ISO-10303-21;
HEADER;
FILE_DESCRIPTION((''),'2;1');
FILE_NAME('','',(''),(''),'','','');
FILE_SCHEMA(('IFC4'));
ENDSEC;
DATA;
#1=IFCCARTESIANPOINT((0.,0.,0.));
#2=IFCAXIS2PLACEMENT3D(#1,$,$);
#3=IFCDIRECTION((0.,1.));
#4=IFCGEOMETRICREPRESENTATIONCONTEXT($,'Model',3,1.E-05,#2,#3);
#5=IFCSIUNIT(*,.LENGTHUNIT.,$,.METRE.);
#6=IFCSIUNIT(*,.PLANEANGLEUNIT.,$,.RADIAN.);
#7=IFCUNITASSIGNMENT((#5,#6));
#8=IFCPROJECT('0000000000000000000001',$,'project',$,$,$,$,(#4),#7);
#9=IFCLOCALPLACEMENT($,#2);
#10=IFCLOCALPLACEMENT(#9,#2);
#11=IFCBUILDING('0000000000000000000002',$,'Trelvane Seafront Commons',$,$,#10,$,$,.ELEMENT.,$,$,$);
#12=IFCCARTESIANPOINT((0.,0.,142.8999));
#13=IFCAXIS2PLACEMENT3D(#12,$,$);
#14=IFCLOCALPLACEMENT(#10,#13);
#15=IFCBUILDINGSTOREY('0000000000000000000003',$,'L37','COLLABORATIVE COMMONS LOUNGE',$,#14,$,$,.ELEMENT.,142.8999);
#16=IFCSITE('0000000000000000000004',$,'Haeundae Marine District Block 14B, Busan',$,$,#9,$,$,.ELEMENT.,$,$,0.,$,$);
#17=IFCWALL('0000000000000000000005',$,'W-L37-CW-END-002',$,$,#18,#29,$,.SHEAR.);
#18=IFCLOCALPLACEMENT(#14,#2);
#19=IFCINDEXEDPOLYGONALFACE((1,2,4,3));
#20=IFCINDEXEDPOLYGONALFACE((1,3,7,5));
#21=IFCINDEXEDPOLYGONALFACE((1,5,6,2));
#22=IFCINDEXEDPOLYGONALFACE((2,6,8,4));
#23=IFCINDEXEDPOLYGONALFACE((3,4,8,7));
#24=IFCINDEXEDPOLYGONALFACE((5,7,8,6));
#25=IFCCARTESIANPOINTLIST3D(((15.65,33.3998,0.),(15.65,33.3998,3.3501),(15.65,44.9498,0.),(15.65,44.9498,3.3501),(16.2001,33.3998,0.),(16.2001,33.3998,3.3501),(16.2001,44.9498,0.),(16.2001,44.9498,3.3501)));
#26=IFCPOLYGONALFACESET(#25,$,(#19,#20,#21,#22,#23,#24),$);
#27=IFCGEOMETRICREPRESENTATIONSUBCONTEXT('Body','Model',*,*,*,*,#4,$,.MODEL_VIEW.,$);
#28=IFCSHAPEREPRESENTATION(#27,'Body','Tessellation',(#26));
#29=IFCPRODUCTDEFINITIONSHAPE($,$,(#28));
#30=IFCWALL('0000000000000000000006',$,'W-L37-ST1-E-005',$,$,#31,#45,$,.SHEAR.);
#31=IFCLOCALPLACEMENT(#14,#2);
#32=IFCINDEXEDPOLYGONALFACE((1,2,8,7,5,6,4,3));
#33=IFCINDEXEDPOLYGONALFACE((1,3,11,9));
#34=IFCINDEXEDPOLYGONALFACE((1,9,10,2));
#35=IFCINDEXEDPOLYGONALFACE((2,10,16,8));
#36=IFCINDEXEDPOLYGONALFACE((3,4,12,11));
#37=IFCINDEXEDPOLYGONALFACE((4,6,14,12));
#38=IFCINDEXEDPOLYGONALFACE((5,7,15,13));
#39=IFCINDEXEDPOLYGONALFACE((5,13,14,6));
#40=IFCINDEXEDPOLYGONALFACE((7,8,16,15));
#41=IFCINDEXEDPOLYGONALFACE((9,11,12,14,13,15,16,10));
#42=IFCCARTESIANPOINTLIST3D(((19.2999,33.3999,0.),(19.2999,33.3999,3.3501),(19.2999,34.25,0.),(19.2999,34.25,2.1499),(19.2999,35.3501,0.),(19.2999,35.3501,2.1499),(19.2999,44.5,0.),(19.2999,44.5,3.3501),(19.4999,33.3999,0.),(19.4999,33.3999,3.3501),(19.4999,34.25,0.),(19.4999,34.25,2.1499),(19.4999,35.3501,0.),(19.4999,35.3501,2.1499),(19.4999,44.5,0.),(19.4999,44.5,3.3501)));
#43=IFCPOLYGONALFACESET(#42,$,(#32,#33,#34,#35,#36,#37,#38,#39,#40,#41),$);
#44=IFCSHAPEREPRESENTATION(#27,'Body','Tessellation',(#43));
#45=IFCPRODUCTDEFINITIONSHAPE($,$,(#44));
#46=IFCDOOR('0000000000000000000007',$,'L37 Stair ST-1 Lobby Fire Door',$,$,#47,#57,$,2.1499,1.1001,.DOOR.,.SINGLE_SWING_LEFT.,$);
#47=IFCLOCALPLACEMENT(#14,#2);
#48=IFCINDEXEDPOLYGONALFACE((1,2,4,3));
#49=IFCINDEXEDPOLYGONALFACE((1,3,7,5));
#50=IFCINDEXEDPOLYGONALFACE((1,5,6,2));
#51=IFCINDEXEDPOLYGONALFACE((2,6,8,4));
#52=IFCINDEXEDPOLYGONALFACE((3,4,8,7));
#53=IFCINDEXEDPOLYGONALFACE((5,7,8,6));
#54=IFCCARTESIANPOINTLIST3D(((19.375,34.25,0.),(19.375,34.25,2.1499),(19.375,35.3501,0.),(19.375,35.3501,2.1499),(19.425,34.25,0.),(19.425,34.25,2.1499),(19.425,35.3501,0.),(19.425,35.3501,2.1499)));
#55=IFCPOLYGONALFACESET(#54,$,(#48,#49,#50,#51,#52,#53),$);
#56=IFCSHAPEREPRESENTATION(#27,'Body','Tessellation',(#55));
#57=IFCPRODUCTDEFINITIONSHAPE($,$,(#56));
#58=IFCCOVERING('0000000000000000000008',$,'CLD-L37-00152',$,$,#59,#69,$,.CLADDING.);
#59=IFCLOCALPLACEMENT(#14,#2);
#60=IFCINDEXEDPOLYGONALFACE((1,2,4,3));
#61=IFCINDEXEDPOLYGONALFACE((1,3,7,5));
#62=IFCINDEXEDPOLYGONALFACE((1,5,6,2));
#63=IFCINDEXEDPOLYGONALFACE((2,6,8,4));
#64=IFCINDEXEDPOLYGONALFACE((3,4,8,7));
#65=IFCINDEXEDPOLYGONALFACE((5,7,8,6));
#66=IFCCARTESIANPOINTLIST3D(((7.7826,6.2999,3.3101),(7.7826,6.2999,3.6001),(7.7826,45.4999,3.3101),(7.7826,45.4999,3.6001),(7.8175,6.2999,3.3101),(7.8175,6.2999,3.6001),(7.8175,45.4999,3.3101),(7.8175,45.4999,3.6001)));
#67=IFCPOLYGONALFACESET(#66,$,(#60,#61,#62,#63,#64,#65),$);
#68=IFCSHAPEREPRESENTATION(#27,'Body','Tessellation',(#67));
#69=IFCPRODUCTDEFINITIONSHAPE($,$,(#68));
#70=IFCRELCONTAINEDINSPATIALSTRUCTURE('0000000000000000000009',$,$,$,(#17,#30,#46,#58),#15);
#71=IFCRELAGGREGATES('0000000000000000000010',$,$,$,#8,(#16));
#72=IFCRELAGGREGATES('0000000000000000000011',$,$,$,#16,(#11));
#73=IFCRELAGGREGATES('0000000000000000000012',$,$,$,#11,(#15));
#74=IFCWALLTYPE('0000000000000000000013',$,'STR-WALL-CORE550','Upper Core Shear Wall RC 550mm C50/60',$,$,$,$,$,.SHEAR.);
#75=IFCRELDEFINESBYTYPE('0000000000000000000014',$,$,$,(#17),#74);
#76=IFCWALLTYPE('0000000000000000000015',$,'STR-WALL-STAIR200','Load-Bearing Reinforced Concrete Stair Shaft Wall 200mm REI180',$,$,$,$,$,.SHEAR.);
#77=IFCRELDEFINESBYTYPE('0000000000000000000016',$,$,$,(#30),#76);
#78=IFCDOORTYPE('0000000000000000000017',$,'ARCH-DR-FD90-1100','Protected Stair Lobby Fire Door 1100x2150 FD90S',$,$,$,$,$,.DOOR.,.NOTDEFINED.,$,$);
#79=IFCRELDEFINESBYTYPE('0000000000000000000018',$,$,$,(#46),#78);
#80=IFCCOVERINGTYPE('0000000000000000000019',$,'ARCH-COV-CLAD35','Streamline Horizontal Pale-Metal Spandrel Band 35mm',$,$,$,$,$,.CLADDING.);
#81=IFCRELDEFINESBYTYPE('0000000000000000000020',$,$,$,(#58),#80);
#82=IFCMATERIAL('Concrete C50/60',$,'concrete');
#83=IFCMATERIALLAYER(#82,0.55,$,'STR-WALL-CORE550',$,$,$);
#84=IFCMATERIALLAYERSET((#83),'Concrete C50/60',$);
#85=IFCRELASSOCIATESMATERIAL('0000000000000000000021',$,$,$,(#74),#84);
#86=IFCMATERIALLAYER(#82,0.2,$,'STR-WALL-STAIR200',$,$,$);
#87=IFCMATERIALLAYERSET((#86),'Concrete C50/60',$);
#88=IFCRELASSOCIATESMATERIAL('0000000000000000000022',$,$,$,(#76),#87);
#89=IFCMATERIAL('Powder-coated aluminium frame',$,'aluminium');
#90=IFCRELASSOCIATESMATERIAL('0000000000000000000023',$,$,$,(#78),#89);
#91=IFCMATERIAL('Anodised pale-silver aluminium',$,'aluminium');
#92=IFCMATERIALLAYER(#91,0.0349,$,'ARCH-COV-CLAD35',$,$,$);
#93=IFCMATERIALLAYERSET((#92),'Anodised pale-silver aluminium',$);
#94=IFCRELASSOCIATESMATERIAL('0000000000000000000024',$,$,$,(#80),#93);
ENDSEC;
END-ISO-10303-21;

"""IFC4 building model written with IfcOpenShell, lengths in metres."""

from ifc_helpers import new_model, si_unit, direction, frame, frame_2d, origin, origin_2d, place, context, subcontext, project, spatial, rectangle, extrude, source, transform, mapped, material, layer, layer_set, type_object, element, fill, save


model = new_model("IFC4")

# Units and contexts
model_context = context("Model", 3, precision=1e-05, world=origin(), true_north=direction((0.0, 1.0)))
body_context = subcontext(model_context, "Body", "Model", "MODEL_VIEW")
ifc_project = project(units=[si_unit("LENGTHUNIT", "METRE"), si_unit("PLANEANGLEUNIT", "RADIAN")], contexts=[model_context])

# Site, building, storey
site_placement = place(None, origin())
site = spatial("IfcSite", under=ifc_project, at=site_placement, Name="Haeundae Marine District Block 14B, Busan", CompositionType="ELEMENT", RefElevation=0.0)
building_placement = place(site_placement, origin())
building = spatial("IfcBuilding", under=site, at=building_placement, Name="Trelvane Seafront Commons", CompositionType="ELEMENT")
storey_placement = place(building_placement, frame((0.0, 0.0, 142.8999)))
storey = spatial("IfcBuildingStorey", under=building, at=storey_placement, Name="L37", Description="COLLABORATIVE COMMONS LOUNGE", CompositionType="ELEMENT", Elevation=142.8999)

# Shared definitions
ifc_material_1 = material(Name="Concrete C50/60", Category="concrete")

# Shared definitions
ifc_material_2 = material(Name="Powder-coated aluminium frame", Category="aluminium")

# Wall
ifc_layer_1 = layer(ifc_material_1, 0.55, Name="STR-WALL-CORE550")
ifc_layer_set_1 = layer_set([ifc_layer_1], Name="Concrete C50/60")
wall_type_1 = type_object("IfcWallType", Name="STR-WALL-CORE550", Description="Upper Core Shear Wall RC 550mm C50/60", PredefinedType="SHEAR", material=ifc_layer_set_1)
wall_1_placement = place(storey_placement, frame((15.925, 33.3999, 0.0), z_axis=(0.0, 0.0, 1.0), x_axis=(0.0, 1.0, 0.0)))
element("IfcWall", 1, at=wall_1_placement, inside=storey, type_object=wall_type_1, Name="W-L37-CW-END-002", PredefinedType="SHEAR", context=body_context, shape_type="SweptSolid", body=[
    extrude(rectangle(XDim=11.55, YDim=0.55, at=frame_2d((5.7749, 0.0))), origin(), (0.0, 0.0, 1.0), 3.3501),
])

# Wall, opening, door
ifc_layer_2 = layer(ifc_material_1, 0.2, Name="STR-WALL-STAIR200")
ifc_layer_set_2 = layer_set([ifc_layer_2], Name="Concrete C50/60")
wall_type_2 = type_object("IfcWallType", Name="STR-WALL-STAIR200", Description="Load-Bearing Reinforced Concrete Stair Shaft Wall 200mm REI180", PredefinedType="SHEAR", material=ifc_layer_set_2)
wall_2_placement = place(storey_placement, frame((19.3999, 33.3999, 0.0), z_axis=(0.0, 0.0, 1.0), x_axis=(0.0, 1.0, 0.0)))
wall_2 = element("IfcWall", 2, at=wall_2_placement, inside=storey, type_object=wall_type_2, Name="W-L37-ST1-E-005", PredefinedType="SHEAR", context=body_context, shape_type="SweptSolid", body=[
    extrude(rectangle(XDim=11.1001, YDim=0.2, at=frame_2d((5.55, 0.0))), origin(), (0.0, 0.0, 1.0), 3.3501),
])
opening_1_placement = place(wall_2_placement, frame((0.8501, 0.0, 0.0)))
opening_1 = element("IfcOpeningElement", 3, at=opening_1_placement, cuts=wall_2, PredefinedType="OPENING", context=body_context, shape_type="SweptSolid", body=[
    extrude(rectangle(XDim=1.1001, YDim=2.1499, at=frame_2d((0.55, 1.075))), frame((0.0, 0.1099, 0.0), z_axis=(0.0, -1.0, 0.0), x_axis=(1.0, 0.0, 0.0)), (0.0, 0.0, 1.0), 0.22),
])
door_type_1 = type_object("IfcDoorType", Name="ARCH-DR-FD90-1100", Description="Protected Stair Lobby Fire Door 1100x2150 FD90S", OperationType="NOTDEFINED", PredefinedType="DOOR", material=ifc_material_2)
shared_shape_1 = source(origin(), body_context, "Body", "SweptSolid", [
    extrude(rectangle(XDim=1.1001, YDim=2.1499, at=frame_2d((0.55, 1.075))), frame((0.0, 0.0249, 0.0), z_axis=(0.0, -1.0, 0.0), x_axis=(1.0, 0.0, 0.0)), (0.0, 0.0, 1.0), 0.05),
])
door_1_placement = place(opening_1_placement, origin())
door_1 = element("IfcDoor", 4, at=door_1_placement, inside=storey, type_object=door_type_1, Name="L37 Stair ST-1 Lobby Fire Door", OperationType="SINGLE_SWING_LEFT", OverallHeight=2.1499, OverallWidth=1.1001, PredefinedType="DOOR", context=body_context, shape_type="MappedRepresentation", body=[
    mapped(shared_shape_1, transform((0.0, 0.0, 0.0), x_axis=(1.0, 0.0, 0.0), y_axis=(0.0, 1.0, 0.0), z_axis=(0.0, 0.0, 1.0), scale=1.0)),
])
fill(opening_1, door_1)

# Covering
ifc_material_3 = material(Name="Anodised pale-silver aluminium", Category="aluminium")
ifc_layer_3 = layer(ifc_material_3, 0.0349, Name="ARCH-COV-CLAD35")
ifc_layer_set_3 = layer_set([ifc_layer_3], Name="Anodised pale-silver aluminium")
covering_type = type_object("IfcCoveringType", Name="ARCH-COV-CLAD35", Description="Streamline Horizontal Pale-Metal Spandrel Band 35mm", PredefinedType="CLADDING", material=ifc_layer_set_3)
shared_shape_2 = source(origin(), body_context, "Body", "SweptSolid", [
    extrude(rectangle(XDim=39.2, YDim=0.0349, at=origin_2d()), origin(), (0.0, 0.0, 1.0), 0.29),
])
covering_placement = place(storey_placement, frame((7.8, 25.8999, 3.3101), z_axis=(0.0, 0.0, 1.0), x_axis=(0.0, 1.0, 0.0)))
element("IfcCovering", 5, at=covering_placement, inside=storey, type_object=covering_type, Name="CLD-L37-00152", PredefinedType="CLADDING", context=body_context, shape_type="MappedRepresentation", body=[
    mapped(shared_shape_2, transform((0.0, 0.0, 0.0), x_axis=(1.0, 0.0, 0.0), y_axis=(0.0, 1.0, 0.0), z_axis=(0.0, 0.0, 1.0), scale=1.0)),
])

save(model, "model.ifc")
